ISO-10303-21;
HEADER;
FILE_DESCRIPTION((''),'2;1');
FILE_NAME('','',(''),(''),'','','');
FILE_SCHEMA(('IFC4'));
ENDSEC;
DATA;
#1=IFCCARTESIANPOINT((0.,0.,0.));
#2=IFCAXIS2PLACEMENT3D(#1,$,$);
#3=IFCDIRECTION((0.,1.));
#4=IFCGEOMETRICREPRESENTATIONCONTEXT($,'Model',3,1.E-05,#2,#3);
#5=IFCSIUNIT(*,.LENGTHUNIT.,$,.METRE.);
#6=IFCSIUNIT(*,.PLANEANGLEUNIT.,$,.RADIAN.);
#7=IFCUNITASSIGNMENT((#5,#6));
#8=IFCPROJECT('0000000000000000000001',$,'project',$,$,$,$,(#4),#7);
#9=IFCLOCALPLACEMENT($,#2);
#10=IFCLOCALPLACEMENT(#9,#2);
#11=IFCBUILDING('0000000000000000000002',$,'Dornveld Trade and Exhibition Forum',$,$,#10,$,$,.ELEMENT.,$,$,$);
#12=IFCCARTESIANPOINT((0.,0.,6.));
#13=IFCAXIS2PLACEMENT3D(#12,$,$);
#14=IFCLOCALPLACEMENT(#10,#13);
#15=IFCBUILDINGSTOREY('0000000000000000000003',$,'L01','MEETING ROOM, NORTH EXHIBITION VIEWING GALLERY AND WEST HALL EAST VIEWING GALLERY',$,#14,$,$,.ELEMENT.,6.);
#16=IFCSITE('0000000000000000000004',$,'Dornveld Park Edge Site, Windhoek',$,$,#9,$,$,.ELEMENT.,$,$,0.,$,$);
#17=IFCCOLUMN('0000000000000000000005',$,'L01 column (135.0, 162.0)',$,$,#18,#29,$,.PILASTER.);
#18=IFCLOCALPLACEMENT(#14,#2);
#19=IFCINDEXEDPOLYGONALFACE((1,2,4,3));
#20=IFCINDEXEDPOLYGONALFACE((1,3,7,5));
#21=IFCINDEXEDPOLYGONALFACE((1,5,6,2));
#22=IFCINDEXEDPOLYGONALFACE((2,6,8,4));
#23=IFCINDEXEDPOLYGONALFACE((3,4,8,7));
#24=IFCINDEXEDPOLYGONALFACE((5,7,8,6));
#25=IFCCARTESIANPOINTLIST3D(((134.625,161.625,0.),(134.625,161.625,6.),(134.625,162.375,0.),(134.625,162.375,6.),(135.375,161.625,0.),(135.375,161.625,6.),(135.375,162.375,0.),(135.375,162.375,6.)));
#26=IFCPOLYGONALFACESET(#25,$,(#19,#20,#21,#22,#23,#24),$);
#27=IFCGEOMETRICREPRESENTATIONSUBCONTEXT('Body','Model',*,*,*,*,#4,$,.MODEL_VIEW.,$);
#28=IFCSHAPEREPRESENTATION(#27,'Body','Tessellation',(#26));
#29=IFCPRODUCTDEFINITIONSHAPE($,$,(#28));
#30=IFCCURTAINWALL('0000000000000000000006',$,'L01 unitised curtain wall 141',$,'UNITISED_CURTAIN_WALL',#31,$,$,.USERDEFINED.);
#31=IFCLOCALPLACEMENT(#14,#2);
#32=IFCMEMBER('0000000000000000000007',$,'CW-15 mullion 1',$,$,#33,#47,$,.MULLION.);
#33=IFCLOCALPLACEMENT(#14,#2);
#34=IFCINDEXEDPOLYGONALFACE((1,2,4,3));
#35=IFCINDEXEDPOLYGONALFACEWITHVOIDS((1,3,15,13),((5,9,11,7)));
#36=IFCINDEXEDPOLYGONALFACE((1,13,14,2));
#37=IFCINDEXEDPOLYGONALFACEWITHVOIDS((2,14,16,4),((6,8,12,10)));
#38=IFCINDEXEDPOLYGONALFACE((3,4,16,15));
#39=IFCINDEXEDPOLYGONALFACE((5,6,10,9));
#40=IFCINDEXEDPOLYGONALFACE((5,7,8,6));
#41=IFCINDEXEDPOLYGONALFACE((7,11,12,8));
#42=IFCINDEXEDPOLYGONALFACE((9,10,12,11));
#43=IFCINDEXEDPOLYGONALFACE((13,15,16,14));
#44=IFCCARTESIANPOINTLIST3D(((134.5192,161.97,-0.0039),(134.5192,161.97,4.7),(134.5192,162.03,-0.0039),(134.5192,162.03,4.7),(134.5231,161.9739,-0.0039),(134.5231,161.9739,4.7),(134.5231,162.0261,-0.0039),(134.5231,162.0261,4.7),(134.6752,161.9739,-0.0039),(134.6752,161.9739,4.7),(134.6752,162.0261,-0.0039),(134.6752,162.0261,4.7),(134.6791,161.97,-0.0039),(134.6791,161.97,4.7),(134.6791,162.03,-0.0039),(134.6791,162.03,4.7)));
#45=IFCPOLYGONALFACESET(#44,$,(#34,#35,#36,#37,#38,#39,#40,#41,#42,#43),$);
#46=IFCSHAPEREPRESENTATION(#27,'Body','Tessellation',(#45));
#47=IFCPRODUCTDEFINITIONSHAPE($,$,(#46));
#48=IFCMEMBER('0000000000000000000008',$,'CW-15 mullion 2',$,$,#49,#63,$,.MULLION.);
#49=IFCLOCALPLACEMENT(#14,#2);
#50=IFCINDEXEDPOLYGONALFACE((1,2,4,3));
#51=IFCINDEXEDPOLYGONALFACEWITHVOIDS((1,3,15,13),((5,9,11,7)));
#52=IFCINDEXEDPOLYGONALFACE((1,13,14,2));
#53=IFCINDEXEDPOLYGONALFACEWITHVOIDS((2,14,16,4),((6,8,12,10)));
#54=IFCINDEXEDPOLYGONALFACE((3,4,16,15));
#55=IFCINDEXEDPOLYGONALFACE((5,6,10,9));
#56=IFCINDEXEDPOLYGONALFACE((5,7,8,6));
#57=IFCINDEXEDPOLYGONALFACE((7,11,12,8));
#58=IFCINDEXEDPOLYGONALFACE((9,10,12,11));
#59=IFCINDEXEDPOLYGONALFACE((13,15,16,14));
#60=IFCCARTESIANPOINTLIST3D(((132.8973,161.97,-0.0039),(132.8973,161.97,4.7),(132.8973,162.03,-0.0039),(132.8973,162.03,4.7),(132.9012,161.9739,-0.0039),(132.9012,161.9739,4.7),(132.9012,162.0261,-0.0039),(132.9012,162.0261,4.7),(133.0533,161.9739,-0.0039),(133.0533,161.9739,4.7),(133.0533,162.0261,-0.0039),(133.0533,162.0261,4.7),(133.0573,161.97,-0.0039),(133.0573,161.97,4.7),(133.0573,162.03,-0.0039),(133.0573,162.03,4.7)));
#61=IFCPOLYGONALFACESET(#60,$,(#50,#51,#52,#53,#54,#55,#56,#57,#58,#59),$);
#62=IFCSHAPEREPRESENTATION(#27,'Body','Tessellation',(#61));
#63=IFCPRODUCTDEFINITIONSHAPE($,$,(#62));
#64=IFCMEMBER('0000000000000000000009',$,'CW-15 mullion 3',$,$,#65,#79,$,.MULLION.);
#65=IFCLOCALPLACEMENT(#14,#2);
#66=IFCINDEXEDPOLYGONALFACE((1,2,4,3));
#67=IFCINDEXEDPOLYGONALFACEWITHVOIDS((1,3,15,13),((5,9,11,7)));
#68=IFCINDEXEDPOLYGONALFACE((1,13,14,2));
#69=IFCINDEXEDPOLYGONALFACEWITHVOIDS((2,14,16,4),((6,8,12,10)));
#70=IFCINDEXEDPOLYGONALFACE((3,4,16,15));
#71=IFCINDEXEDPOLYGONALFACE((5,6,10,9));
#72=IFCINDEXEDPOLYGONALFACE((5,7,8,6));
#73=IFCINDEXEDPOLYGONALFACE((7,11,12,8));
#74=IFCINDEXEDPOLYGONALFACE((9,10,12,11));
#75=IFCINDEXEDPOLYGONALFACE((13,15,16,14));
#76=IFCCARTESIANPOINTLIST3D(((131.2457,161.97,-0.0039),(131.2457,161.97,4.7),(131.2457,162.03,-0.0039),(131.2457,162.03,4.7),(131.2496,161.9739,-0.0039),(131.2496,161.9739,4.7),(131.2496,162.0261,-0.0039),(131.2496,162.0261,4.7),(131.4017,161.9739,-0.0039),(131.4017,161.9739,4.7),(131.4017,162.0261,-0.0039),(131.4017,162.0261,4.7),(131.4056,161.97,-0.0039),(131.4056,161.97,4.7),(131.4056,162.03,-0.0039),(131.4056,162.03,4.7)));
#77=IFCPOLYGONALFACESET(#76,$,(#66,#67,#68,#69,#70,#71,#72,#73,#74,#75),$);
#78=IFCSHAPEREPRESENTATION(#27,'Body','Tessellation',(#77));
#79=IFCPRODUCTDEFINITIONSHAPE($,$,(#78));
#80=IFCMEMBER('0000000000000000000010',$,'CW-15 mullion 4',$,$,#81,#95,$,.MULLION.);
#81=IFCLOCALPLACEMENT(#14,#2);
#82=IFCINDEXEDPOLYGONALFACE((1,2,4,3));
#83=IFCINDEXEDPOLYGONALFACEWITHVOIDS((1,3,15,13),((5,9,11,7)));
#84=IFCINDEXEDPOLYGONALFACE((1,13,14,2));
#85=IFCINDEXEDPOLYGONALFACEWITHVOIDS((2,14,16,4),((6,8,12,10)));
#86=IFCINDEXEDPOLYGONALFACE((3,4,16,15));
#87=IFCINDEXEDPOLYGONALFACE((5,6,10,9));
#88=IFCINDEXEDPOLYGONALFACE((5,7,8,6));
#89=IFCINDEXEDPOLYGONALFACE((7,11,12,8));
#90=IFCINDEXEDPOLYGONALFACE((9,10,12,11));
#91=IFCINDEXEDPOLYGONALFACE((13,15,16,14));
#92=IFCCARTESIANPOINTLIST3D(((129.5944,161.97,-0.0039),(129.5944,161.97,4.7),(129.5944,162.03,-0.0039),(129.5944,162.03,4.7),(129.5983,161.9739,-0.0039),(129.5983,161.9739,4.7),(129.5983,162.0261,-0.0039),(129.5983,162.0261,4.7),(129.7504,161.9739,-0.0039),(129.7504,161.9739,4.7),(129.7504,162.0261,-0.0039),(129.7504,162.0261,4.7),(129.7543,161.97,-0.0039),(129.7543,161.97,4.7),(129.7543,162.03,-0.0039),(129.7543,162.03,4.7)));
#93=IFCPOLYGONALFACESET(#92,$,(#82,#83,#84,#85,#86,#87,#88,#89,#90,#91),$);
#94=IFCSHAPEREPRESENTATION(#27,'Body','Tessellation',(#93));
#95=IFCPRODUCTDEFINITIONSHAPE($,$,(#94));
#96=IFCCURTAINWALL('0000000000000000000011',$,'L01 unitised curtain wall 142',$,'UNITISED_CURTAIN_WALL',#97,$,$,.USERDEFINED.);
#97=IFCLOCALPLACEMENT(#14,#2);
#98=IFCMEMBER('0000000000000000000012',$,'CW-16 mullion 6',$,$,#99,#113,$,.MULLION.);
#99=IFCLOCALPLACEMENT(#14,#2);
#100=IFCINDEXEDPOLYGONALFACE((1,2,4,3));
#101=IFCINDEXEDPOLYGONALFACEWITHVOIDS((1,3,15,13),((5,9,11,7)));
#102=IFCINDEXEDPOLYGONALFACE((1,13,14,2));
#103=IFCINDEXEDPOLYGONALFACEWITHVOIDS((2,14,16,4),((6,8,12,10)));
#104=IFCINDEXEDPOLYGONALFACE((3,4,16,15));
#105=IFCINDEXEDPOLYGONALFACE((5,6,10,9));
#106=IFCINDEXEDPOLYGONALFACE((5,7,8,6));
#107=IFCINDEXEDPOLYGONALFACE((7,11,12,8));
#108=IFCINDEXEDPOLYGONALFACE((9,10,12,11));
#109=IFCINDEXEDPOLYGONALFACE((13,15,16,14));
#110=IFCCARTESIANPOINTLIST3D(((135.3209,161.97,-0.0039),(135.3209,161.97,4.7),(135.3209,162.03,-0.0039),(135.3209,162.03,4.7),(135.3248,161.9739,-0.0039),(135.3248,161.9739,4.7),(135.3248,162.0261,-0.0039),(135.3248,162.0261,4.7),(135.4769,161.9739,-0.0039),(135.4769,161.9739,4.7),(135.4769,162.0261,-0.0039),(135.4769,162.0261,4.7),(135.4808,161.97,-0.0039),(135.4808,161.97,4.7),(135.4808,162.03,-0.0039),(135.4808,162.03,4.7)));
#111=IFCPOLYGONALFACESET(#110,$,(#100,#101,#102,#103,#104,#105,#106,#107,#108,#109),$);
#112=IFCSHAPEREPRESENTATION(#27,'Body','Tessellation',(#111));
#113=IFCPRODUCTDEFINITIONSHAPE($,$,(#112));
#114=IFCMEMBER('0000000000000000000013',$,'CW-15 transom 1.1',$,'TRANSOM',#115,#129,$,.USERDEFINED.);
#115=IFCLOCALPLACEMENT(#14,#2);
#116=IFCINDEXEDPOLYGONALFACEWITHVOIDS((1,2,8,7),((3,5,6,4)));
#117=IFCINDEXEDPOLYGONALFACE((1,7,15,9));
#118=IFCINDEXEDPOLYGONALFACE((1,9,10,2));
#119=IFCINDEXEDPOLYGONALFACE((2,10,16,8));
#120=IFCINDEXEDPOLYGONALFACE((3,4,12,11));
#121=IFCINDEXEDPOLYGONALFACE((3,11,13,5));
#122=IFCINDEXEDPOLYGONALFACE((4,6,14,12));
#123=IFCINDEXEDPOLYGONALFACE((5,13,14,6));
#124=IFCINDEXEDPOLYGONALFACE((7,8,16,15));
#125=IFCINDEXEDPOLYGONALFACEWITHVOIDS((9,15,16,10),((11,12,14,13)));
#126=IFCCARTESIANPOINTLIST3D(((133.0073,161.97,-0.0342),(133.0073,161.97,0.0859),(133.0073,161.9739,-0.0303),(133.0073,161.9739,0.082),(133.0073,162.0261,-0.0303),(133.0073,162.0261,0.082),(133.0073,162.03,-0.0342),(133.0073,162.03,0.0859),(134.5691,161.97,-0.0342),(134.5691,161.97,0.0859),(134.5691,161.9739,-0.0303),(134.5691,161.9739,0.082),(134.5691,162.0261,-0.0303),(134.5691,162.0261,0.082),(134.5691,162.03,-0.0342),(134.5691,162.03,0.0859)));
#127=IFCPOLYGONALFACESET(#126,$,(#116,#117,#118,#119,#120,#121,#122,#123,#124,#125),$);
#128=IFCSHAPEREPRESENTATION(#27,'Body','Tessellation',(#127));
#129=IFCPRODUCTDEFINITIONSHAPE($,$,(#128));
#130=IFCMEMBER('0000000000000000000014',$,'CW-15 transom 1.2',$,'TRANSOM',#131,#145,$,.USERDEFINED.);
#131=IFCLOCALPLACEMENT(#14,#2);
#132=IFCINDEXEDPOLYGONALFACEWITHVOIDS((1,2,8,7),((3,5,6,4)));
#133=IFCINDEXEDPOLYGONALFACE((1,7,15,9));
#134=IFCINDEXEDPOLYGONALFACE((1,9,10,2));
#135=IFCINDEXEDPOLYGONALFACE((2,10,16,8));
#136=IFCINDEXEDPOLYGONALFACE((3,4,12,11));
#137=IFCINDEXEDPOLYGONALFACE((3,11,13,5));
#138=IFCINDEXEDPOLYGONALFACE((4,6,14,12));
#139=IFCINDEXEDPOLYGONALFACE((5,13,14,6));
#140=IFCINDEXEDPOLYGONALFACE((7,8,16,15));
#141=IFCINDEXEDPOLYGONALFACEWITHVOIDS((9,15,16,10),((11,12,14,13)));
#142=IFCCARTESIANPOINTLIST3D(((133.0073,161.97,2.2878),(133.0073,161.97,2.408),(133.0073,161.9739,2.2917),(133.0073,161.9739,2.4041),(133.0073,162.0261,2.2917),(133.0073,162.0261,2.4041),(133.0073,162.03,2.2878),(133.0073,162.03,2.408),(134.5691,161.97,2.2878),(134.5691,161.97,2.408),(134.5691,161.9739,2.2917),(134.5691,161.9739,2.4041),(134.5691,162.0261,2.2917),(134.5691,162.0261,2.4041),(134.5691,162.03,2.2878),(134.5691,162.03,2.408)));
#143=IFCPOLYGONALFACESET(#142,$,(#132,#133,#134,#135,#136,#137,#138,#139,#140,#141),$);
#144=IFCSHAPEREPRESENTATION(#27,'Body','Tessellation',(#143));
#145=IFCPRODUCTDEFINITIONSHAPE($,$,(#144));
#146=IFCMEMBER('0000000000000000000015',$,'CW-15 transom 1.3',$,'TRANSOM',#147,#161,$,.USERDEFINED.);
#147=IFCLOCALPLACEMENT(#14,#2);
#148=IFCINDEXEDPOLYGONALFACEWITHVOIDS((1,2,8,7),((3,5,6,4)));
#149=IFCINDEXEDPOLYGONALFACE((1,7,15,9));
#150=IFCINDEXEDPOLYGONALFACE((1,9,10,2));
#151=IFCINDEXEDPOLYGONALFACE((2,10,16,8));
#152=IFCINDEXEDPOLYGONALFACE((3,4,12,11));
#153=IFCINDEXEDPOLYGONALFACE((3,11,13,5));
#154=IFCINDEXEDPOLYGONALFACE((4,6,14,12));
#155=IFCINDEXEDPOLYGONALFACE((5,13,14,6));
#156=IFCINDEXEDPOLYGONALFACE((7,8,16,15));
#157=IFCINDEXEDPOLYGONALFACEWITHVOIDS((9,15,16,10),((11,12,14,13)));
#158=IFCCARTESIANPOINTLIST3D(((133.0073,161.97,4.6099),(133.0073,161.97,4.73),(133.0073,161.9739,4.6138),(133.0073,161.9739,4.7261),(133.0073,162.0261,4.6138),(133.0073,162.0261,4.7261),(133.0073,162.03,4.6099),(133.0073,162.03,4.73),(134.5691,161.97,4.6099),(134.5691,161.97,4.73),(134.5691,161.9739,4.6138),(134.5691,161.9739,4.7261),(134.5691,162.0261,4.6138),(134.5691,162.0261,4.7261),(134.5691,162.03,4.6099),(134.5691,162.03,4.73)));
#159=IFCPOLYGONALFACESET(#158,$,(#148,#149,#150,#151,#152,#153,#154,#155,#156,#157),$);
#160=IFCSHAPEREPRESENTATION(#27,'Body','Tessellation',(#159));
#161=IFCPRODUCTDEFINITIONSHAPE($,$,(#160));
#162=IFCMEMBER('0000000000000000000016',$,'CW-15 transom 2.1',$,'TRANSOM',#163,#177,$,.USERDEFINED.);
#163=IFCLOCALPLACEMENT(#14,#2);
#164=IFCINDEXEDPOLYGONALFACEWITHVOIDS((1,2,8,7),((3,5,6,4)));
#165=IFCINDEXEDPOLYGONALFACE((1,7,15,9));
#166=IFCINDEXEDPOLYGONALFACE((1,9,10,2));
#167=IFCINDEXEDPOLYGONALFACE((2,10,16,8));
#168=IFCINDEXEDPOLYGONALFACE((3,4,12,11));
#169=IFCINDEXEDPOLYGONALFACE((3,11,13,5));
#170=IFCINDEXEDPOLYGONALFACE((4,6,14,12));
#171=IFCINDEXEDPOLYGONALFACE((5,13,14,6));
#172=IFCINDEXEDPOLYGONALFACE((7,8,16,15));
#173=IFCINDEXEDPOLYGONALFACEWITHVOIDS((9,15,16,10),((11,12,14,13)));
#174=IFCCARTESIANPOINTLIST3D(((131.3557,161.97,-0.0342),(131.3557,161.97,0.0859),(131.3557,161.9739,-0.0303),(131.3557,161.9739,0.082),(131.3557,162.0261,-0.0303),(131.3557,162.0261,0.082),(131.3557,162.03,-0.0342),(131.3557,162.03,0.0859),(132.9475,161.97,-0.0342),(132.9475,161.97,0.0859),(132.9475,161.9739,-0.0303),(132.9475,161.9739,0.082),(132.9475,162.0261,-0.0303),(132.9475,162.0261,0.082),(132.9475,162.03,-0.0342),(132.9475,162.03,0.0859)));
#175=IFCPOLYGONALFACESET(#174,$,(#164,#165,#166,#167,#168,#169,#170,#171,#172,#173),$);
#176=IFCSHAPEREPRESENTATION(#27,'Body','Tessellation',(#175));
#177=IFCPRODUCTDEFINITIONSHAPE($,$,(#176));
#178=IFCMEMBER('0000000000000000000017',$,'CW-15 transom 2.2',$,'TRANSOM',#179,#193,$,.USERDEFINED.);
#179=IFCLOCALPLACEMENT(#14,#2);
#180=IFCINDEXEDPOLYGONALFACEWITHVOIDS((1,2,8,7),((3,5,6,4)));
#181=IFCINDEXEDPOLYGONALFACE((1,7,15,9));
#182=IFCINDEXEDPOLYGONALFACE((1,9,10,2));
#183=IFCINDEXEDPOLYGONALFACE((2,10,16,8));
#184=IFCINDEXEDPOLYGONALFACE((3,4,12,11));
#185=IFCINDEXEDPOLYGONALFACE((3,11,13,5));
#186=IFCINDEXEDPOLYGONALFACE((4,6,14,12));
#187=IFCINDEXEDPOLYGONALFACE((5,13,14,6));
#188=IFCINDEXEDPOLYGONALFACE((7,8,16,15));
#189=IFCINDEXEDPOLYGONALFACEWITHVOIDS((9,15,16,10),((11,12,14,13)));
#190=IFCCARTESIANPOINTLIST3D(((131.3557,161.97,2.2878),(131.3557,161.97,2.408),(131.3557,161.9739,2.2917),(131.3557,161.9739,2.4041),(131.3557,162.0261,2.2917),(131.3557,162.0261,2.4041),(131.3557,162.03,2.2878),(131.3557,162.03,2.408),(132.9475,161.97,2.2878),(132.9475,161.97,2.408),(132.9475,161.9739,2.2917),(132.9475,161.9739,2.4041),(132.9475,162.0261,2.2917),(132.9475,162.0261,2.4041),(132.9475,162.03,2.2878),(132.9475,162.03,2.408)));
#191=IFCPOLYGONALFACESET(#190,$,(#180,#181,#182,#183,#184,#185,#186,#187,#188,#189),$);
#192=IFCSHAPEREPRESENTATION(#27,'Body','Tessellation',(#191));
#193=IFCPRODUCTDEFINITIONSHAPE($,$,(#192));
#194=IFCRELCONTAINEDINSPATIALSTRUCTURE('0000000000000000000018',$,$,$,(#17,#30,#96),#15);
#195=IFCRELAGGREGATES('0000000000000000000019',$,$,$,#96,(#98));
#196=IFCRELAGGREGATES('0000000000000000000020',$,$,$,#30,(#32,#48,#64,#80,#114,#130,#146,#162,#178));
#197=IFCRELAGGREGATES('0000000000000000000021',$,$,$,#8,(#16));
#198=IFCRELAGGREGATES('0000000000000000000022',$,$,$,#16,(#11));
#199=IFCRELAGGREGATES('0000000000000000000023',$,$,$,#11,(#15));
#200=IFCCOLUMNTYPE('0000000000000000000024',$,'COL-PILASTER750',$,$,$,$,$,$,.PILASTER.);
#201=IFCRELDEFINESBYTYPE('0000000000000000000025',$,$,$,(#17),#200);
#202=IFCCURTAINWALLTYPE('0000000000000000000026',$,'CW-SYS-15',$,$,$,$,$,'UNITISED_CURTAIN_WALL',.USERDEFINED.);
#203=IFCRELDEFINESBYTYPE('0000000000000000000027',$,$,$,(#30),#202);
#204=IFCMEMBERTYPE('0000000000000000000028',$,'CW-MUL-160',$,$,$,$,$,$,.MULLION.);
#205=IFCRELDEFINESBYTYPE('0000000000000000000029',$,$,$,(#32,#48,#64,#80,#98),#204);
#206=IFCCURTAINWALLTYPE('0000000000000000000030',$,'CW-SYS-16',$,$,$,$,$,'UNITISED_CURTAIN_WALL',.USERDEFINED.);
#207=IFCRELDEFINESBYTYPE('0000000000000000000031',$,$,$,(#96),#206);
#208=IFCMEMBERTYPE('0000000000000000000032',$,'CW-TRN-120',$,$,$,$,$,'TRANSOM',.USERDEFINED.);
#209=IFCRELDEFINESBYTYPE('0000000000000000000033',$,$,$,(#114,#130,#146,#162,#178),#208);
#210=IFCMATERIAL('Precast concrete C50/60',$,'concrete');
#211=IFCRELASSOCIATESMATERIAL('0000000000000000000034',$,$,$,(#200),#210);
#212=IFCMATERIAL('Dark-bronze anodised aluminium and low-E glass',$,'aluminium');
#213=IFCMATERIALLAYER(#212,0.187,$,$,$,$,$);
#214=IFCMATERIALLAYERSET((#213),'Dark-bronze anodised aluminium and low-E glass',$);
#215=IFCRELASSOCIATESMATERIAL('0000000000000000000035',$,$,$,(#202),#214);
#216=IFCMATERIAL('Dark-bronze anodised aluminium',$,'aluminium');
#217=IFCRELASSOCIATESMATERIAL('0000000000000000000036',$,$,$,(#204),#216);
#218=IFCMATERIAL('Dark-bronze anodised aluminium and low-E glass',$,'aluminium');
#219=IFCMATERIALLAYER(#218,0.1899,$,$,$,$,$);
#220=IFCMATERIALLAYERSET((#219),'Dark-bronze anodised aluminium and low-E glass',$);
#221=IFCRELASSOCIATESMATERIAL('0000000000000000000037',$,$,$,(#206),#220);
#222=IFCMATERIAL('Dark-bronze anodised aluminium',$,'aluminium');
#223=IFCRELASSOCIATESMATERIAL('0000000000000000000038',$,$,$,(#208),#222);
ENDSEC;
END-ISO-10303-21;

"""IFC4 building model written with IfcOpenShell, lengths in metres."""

from ifc_helpers import new_model, si_unit, direction, frame, origin, origin_2d, place, context, subcontext, project, spatial, rectangle, hollow_rectangle, extrude, material, layer, layer_set, material_profile, profile_set, type_object, element, aggregate, save


model = new_model("IFC4")

# Units and contexts
model_context = context("Model", 3, precision=1e-05, world=origin(), true_north=direction((0.0, 1.0)))
body_context = subcontext(model_context, "Body", "Model", "MODEL_VIEW")
ifc_project = project(units=[si_unit("LENGTHUNIT", "METRE"), si_unit("PLANEANGLEUNIT", "RADIAN")], contexts=[model_context])

# Site, building, storey
site_placement = place(None, origin())
site = spatial("IfcSite", under=ifc_project, at=site_placement, Name="Dornveld Park Edge Site, Windhoek", CompositionType="ELEMENT", RefElevation=0.0)
building_placement = place(site_placement, origin())
building = spatial("IfcBuilding", under=site, at=building_placement, Name="Dornveld Trade and Exhibition Forum", CompositionType="ELEMENT")
storey_placement = place(building_placement, frame((0.0, 0.0, 6.0)))
storey = spatial("IfcBuildingStorey", under=building, at=storey_placement, Name="L01", Description="MEETING ROOM, NORTH EXHIBITION VIEWING GALLERY AND WEST HALL EAST VIEWING GALLERY", CompositionType="ELEMENT", Elevation=6.0)

# Column
ifc_material_1 = material(Name="Precast concrete C50/60", Category="concrete")
ifc_material_profile_1 = material_profile(ifc_material_1, rectangle(XDim=0.75, YDim=0.75, at=origin_2d()), Name="PC-COL 750x750")
ifc_profile_set_1 = profile_set([ifc_material_profile_1], Name="Precast concrete C50/60")
column_type = type_object("IfcColumnType", Name="COL-PILASTER750", PredefinedType="PILASTER", material=ifc_profile_set_1)
column_placement = place(storey_placement, frame((135.0, 162.0, 0.0), z_axis=(0.0, 0.0, 1.0), x_axis=(1.0, 0.0, 0.0)))
element("IfcColumn", 1, at=column_placement, inside=storey, type_object=column_type, Name="L01 column (135.0, 162.0)", PredefinedType="PILASTER", context=body_context, shape_type="SweptSolid", body=[
    extrude(rectangle(XDim=0.75, YDim=0.75, at=origin_2d()), origin(), (0.0, 0.0, 1.0), 6.0),
])

# Curtain wall, members
ifc_material_2 = material(Name="Dark-bronze anodised aluminium and low-E glass", Category="aluminium")
ifc_layer_1 = layer(ifc_material_2, 0.187)
ifc_layer_set_1 = layer_set([ifc_layer_1], Name="Dark-bronze anodised aluminium and low-E glass")
curtain_wall_type_1 = type_object("IfcCurtainWallType", Name="CW-SYS-15", ElementType="UNITISED_CURTAIN_WALL", PredefinedType="USERDEFINED", material=ifc_layer_set_1)
curtain_wall_1_placement = place(storey_placement, origin())
curtain_wall_1 = element("IfcCurtainWall", 2, at=curtain_wall_1_placement, inside=storey, type_object=curtain_wall_type_1, Name="L01 unitised curtain wall 141", ObjectType="UNITISED_CURTAIN_WALL", PredefinedType="USERDEFINED")
ifc_material_3 = material(Name="Dark-bronze anodised aluminium", Category="aluminium")
ifc_material_profile_2 = material_profile(ifc_material_3, hollow_rectangle(XDim=0.0601, YDim=0.1599, WallThickness=0.0039, at=origin_2d()), Name="RHS 160x60x4")
ifc_profile_set_2 = profile_set([ifc_material_profile_2], Name="Dark-bronze anodised aluminium")
member_type_1 = type_object("IfcMemberType", Name="CW-MUL-160", PredefinedType="MULLION", material=ifc_profile_set_2)
member_1_placement = place(storey_placement, frame((134.5991, 162.0, -0.0039), z_axis=(0.0, 0.0, 1.0), x_axis=(0.0, -1.0, 0.0)))
member_1 = element("IfcMember", 3, at=member_1_placement, type_object=member_type_1, Name="CW-15 mullion 1", PredefinedType="MULLION", context=body_context, shape_type="SweptSolid", body=[
    extrude(hollow_rectangle(XDim=0.0601, YDim=0.1599, WallThickness=0.0039, at=origin_2d()), origin(), (0.0, 0.0, 1.0), 4.7039),
])
member_2_placement = place(storey_placement, frame((132.9773, 162.0, -0.0039), z_axis=(0.0, 0.0, 1.0), x_axis=(0.0, -1.0, 0.0)))
member_2 = element("IfcMember", 4, at=member_2_placement, type_object=member_type_1, Name="CW-15 mullion 2", PredefinedType="MULLION", context=body_context, shape_type="SweptSolid", body=[
    extrude(hollow_rectangle(XDim=0.0601, YDim=0.1599, WallThickness=0.0039, at=origin_2d()), origin(), (0.0, 0.0, 1.0), 4.7039),
])
member_3_placement = place(storey_placement, frame((131.3257, 162.0, -0.0039), z_axis=(0.0, 0.0, 1.0), x_axis=(0.0, -1.0, 0.0)))
member_3 = element("IfcMember", 5, at=member_3_placement, type_object=member_type_1, Name="CW-15 mullion 3", PredefinedType="MULLION", context=body_context, shape_type="SweptSolid", body=[
    extrude(hollow_rectangle(XDim=0.0601, YDim=0.1599, WallThickness=0.0039, at=origin_2d()), origin(), (0.0, 0.0, 1.0), 4.7039),
])
member_4_placement = place(storey_placement, frame((129.6743, 162.0, -0.0039), z_axis=(0.0, 0.0, 1.0), x_axis=(0.0, -1.0, 0.0)))
member_4 = element("IfcMember", 6, at=member_4_placement, type_object=member_type_1, Name="CW-15 mullion 4", PredefinedType="MULLION", context=body_context, shape_type="SweptSolid", body=[
    extrude(hollow_rectangle(XDim=0.0601, YDim=0.1599, WallThickness=0.0039, at=origin_2d()), origin(), (0.0, 0.0, 1.0), 4.7039),
])

# Curtain wall, member
ifc_material_4 = material(Name="Dark-bronze anodised aluminium and low-E glass", Category="aluminium")
ifc_layer_2 = layer(ifc_material_4, 0.1899)
ifc_layer_set_2 = layer_set([ifc_layer_2], Name="Dark-bronze anodised aluminium and low-E glass")
curtain_wall_type_2 = type_object("IfcCurtainWallType", Name="CW-SYS-16", ElementType="UNITISED_CURTAIN_WALL", PredefinedType="USERDEFINED", material=ifc_layer_set_2)
curtain_wall_2_placement = place(storey_placement, origin())
curtain_wall_2 = element("IfcCurtainWall", 7, at=curtain_wall_2_placement, inside=storey, type_object=curtain_wall_type_2, Name="L01 unitised curtain wall 142", ObjectType="UNITISED_CURTAIN_WALL", PredefinedType="USERDEFINED")
member_5_placement = place(storey_placement, frame((135.4009, 162.0, -0.0039), z_axis=(0.0, 0.0, 1.0), x_axis=(0.0, -1.0, 0.0)))
member_5 = element("IfcMember", 8, at=member_5_placement, type_object=member_type_1, Name="CW-16 mullion 6", PredefinedType="MULLION", context=body_context, shape_type="SweptSolid", body=[
    extrude(hollow_rectangle(XDim=0.0601, YDim=0.1599, WallThickness=0.0039, at=origin_2d()), origin(), (0.0, 0.0, 1.0), 4.7039),
])
aggregate(curtain_wall_2, [member_5])

# Members
ifc_material_5 = material(Name="Dark-bronze anodised aluminium", Category="aluminium")
ifc_material_profile_3 = material_profile(ifc_material_5, hollow_rectangle(XDim=0.0601, YDim=0.1201, WallThickness=0.0039, at=origin_2d()), Name="RHS 120x60x4")
ifc_profile_set_3 = profile_set([ifc_material_profile_3], Name="Dark-bronze anodised aluminium")
member_type_2 = type_object("IfcMemberType", Name="CW-TRN-120", ElementType="TRANSOM", PredefinedType="USERDEFINED", material=ifc_profile_set_3)
member_6_placement = place(storey_placement, frame((134.5691, 162.0, 0.0259), z_axis=(-1.0, 0.0, 0.0), x_axis=(0.0, -1.0, 0.0)))
member_6 = element("IfcMember", 9, at=member_6_placement, type_object=member_type_2, Name="CW-15 transom 1.1", ObjectType="TRANSOM", PredefinedType="USERDEFINED", context=body_context, shape_type="SweptSolid", body=[
    extrude(hollow_rectangle(XDim=0.0601, YDim=0.1201, WallThickness=0.0039, at=origin_2d()), origin(), (0.0, 0.0, 1.0), 1.5618),
])
member_7_placement = place(storey_placement, frame((134.5691, 162.0, 2.3479), z_axis=(-1.0, 0.0, 0.0), x_axis=(0.0, -1.0, 0.0)))
member_7 = element("IfcMember", 10, at=member_7_placement, type_object=member_type_2, Name="CW-15 transom 1.2", ObjectType="TRANSOM", PredefinedType="USERDEFINED", context=body_context, shape_type="SweptSolid", body=[
    extrude(hollow_rectangle(XDim=0.0601, YDim=0.1201, WallThickness=0.0039, at=origin_2d()), origin(), (0.0, 0.0, 1.0), 1.5618),
])
member_8_placement = place(storey_placement, frame((134.5691, 162.0, 4.6699), z_axis=(-1.0, 0.0, 0.0), x_axis=(0.0, -1.0, 0.0)))
member_8 = element("IfcMember", 11, at=member_8_placement, type_object=member_type_2, Name="CW-15 transom 1.3", ObjectType="TRANSOM", PredefinedType="USERDEFINED", context=body_context, shape_type="SweptSolid", body=[
    extrude(hollow_rectangle(XDim=0.0601, YDim=0.1201, WallThickness=0.0039, at=origin_2d()), origin(), (0.0, 0.0, 1.0), 1.5618),
])
member_9_placement = place(storey_placement, frame((132.9475, 162.0, 0.0259), z_axis=(-1.0, 0.0, 0.0), x_axis=(0.0, -1.0, 0.0)))
member_9 = element("IfcMember", 12, at=member_9_placement, type_object=member_type_2, Name="CW-15 transom 2.1", ObjectType="TRANSOM", PredefinedType="USERDEFINED", context=body_context, shape_type="SweptSolid", body=[
    extrude(hollow_rectangle(XDim=0.0601, YDim=0.1201, WallThickness=0.0039, at=origin_2d()), origin(), (0.0, 0.0, 1.0), 1.5918),
])
member_10_placement = place(storey_placement, frame((132.9475, 162.0, 2.3479), z_axis=(-1.0, 0.0, 0.0), x_axis=(0.0, -1.0, 0.0)))
member_10 = element("IfcMember", 13, at=member_10_placement, type_object=member_type_2, Name="CW-15 transom 2.2", ObjectType="TRANSOM", PredefinedType="USERDEFINED", context=body_context, shape_type="SweptSolid", body=[
    extrude(hollow_rectangle(XDim=0.0601, YDim=0.1201, WallThickness=0.0039, at=origin_2d()), origin(), (0.0, 0.0, 1.0), 1.5918),
])

aggregate(curtain_wall_1, [member_1, member_2, member_3, member_4, member_6, member_7, member_8, member_9, member_10])

save(model, "model.ifc")
